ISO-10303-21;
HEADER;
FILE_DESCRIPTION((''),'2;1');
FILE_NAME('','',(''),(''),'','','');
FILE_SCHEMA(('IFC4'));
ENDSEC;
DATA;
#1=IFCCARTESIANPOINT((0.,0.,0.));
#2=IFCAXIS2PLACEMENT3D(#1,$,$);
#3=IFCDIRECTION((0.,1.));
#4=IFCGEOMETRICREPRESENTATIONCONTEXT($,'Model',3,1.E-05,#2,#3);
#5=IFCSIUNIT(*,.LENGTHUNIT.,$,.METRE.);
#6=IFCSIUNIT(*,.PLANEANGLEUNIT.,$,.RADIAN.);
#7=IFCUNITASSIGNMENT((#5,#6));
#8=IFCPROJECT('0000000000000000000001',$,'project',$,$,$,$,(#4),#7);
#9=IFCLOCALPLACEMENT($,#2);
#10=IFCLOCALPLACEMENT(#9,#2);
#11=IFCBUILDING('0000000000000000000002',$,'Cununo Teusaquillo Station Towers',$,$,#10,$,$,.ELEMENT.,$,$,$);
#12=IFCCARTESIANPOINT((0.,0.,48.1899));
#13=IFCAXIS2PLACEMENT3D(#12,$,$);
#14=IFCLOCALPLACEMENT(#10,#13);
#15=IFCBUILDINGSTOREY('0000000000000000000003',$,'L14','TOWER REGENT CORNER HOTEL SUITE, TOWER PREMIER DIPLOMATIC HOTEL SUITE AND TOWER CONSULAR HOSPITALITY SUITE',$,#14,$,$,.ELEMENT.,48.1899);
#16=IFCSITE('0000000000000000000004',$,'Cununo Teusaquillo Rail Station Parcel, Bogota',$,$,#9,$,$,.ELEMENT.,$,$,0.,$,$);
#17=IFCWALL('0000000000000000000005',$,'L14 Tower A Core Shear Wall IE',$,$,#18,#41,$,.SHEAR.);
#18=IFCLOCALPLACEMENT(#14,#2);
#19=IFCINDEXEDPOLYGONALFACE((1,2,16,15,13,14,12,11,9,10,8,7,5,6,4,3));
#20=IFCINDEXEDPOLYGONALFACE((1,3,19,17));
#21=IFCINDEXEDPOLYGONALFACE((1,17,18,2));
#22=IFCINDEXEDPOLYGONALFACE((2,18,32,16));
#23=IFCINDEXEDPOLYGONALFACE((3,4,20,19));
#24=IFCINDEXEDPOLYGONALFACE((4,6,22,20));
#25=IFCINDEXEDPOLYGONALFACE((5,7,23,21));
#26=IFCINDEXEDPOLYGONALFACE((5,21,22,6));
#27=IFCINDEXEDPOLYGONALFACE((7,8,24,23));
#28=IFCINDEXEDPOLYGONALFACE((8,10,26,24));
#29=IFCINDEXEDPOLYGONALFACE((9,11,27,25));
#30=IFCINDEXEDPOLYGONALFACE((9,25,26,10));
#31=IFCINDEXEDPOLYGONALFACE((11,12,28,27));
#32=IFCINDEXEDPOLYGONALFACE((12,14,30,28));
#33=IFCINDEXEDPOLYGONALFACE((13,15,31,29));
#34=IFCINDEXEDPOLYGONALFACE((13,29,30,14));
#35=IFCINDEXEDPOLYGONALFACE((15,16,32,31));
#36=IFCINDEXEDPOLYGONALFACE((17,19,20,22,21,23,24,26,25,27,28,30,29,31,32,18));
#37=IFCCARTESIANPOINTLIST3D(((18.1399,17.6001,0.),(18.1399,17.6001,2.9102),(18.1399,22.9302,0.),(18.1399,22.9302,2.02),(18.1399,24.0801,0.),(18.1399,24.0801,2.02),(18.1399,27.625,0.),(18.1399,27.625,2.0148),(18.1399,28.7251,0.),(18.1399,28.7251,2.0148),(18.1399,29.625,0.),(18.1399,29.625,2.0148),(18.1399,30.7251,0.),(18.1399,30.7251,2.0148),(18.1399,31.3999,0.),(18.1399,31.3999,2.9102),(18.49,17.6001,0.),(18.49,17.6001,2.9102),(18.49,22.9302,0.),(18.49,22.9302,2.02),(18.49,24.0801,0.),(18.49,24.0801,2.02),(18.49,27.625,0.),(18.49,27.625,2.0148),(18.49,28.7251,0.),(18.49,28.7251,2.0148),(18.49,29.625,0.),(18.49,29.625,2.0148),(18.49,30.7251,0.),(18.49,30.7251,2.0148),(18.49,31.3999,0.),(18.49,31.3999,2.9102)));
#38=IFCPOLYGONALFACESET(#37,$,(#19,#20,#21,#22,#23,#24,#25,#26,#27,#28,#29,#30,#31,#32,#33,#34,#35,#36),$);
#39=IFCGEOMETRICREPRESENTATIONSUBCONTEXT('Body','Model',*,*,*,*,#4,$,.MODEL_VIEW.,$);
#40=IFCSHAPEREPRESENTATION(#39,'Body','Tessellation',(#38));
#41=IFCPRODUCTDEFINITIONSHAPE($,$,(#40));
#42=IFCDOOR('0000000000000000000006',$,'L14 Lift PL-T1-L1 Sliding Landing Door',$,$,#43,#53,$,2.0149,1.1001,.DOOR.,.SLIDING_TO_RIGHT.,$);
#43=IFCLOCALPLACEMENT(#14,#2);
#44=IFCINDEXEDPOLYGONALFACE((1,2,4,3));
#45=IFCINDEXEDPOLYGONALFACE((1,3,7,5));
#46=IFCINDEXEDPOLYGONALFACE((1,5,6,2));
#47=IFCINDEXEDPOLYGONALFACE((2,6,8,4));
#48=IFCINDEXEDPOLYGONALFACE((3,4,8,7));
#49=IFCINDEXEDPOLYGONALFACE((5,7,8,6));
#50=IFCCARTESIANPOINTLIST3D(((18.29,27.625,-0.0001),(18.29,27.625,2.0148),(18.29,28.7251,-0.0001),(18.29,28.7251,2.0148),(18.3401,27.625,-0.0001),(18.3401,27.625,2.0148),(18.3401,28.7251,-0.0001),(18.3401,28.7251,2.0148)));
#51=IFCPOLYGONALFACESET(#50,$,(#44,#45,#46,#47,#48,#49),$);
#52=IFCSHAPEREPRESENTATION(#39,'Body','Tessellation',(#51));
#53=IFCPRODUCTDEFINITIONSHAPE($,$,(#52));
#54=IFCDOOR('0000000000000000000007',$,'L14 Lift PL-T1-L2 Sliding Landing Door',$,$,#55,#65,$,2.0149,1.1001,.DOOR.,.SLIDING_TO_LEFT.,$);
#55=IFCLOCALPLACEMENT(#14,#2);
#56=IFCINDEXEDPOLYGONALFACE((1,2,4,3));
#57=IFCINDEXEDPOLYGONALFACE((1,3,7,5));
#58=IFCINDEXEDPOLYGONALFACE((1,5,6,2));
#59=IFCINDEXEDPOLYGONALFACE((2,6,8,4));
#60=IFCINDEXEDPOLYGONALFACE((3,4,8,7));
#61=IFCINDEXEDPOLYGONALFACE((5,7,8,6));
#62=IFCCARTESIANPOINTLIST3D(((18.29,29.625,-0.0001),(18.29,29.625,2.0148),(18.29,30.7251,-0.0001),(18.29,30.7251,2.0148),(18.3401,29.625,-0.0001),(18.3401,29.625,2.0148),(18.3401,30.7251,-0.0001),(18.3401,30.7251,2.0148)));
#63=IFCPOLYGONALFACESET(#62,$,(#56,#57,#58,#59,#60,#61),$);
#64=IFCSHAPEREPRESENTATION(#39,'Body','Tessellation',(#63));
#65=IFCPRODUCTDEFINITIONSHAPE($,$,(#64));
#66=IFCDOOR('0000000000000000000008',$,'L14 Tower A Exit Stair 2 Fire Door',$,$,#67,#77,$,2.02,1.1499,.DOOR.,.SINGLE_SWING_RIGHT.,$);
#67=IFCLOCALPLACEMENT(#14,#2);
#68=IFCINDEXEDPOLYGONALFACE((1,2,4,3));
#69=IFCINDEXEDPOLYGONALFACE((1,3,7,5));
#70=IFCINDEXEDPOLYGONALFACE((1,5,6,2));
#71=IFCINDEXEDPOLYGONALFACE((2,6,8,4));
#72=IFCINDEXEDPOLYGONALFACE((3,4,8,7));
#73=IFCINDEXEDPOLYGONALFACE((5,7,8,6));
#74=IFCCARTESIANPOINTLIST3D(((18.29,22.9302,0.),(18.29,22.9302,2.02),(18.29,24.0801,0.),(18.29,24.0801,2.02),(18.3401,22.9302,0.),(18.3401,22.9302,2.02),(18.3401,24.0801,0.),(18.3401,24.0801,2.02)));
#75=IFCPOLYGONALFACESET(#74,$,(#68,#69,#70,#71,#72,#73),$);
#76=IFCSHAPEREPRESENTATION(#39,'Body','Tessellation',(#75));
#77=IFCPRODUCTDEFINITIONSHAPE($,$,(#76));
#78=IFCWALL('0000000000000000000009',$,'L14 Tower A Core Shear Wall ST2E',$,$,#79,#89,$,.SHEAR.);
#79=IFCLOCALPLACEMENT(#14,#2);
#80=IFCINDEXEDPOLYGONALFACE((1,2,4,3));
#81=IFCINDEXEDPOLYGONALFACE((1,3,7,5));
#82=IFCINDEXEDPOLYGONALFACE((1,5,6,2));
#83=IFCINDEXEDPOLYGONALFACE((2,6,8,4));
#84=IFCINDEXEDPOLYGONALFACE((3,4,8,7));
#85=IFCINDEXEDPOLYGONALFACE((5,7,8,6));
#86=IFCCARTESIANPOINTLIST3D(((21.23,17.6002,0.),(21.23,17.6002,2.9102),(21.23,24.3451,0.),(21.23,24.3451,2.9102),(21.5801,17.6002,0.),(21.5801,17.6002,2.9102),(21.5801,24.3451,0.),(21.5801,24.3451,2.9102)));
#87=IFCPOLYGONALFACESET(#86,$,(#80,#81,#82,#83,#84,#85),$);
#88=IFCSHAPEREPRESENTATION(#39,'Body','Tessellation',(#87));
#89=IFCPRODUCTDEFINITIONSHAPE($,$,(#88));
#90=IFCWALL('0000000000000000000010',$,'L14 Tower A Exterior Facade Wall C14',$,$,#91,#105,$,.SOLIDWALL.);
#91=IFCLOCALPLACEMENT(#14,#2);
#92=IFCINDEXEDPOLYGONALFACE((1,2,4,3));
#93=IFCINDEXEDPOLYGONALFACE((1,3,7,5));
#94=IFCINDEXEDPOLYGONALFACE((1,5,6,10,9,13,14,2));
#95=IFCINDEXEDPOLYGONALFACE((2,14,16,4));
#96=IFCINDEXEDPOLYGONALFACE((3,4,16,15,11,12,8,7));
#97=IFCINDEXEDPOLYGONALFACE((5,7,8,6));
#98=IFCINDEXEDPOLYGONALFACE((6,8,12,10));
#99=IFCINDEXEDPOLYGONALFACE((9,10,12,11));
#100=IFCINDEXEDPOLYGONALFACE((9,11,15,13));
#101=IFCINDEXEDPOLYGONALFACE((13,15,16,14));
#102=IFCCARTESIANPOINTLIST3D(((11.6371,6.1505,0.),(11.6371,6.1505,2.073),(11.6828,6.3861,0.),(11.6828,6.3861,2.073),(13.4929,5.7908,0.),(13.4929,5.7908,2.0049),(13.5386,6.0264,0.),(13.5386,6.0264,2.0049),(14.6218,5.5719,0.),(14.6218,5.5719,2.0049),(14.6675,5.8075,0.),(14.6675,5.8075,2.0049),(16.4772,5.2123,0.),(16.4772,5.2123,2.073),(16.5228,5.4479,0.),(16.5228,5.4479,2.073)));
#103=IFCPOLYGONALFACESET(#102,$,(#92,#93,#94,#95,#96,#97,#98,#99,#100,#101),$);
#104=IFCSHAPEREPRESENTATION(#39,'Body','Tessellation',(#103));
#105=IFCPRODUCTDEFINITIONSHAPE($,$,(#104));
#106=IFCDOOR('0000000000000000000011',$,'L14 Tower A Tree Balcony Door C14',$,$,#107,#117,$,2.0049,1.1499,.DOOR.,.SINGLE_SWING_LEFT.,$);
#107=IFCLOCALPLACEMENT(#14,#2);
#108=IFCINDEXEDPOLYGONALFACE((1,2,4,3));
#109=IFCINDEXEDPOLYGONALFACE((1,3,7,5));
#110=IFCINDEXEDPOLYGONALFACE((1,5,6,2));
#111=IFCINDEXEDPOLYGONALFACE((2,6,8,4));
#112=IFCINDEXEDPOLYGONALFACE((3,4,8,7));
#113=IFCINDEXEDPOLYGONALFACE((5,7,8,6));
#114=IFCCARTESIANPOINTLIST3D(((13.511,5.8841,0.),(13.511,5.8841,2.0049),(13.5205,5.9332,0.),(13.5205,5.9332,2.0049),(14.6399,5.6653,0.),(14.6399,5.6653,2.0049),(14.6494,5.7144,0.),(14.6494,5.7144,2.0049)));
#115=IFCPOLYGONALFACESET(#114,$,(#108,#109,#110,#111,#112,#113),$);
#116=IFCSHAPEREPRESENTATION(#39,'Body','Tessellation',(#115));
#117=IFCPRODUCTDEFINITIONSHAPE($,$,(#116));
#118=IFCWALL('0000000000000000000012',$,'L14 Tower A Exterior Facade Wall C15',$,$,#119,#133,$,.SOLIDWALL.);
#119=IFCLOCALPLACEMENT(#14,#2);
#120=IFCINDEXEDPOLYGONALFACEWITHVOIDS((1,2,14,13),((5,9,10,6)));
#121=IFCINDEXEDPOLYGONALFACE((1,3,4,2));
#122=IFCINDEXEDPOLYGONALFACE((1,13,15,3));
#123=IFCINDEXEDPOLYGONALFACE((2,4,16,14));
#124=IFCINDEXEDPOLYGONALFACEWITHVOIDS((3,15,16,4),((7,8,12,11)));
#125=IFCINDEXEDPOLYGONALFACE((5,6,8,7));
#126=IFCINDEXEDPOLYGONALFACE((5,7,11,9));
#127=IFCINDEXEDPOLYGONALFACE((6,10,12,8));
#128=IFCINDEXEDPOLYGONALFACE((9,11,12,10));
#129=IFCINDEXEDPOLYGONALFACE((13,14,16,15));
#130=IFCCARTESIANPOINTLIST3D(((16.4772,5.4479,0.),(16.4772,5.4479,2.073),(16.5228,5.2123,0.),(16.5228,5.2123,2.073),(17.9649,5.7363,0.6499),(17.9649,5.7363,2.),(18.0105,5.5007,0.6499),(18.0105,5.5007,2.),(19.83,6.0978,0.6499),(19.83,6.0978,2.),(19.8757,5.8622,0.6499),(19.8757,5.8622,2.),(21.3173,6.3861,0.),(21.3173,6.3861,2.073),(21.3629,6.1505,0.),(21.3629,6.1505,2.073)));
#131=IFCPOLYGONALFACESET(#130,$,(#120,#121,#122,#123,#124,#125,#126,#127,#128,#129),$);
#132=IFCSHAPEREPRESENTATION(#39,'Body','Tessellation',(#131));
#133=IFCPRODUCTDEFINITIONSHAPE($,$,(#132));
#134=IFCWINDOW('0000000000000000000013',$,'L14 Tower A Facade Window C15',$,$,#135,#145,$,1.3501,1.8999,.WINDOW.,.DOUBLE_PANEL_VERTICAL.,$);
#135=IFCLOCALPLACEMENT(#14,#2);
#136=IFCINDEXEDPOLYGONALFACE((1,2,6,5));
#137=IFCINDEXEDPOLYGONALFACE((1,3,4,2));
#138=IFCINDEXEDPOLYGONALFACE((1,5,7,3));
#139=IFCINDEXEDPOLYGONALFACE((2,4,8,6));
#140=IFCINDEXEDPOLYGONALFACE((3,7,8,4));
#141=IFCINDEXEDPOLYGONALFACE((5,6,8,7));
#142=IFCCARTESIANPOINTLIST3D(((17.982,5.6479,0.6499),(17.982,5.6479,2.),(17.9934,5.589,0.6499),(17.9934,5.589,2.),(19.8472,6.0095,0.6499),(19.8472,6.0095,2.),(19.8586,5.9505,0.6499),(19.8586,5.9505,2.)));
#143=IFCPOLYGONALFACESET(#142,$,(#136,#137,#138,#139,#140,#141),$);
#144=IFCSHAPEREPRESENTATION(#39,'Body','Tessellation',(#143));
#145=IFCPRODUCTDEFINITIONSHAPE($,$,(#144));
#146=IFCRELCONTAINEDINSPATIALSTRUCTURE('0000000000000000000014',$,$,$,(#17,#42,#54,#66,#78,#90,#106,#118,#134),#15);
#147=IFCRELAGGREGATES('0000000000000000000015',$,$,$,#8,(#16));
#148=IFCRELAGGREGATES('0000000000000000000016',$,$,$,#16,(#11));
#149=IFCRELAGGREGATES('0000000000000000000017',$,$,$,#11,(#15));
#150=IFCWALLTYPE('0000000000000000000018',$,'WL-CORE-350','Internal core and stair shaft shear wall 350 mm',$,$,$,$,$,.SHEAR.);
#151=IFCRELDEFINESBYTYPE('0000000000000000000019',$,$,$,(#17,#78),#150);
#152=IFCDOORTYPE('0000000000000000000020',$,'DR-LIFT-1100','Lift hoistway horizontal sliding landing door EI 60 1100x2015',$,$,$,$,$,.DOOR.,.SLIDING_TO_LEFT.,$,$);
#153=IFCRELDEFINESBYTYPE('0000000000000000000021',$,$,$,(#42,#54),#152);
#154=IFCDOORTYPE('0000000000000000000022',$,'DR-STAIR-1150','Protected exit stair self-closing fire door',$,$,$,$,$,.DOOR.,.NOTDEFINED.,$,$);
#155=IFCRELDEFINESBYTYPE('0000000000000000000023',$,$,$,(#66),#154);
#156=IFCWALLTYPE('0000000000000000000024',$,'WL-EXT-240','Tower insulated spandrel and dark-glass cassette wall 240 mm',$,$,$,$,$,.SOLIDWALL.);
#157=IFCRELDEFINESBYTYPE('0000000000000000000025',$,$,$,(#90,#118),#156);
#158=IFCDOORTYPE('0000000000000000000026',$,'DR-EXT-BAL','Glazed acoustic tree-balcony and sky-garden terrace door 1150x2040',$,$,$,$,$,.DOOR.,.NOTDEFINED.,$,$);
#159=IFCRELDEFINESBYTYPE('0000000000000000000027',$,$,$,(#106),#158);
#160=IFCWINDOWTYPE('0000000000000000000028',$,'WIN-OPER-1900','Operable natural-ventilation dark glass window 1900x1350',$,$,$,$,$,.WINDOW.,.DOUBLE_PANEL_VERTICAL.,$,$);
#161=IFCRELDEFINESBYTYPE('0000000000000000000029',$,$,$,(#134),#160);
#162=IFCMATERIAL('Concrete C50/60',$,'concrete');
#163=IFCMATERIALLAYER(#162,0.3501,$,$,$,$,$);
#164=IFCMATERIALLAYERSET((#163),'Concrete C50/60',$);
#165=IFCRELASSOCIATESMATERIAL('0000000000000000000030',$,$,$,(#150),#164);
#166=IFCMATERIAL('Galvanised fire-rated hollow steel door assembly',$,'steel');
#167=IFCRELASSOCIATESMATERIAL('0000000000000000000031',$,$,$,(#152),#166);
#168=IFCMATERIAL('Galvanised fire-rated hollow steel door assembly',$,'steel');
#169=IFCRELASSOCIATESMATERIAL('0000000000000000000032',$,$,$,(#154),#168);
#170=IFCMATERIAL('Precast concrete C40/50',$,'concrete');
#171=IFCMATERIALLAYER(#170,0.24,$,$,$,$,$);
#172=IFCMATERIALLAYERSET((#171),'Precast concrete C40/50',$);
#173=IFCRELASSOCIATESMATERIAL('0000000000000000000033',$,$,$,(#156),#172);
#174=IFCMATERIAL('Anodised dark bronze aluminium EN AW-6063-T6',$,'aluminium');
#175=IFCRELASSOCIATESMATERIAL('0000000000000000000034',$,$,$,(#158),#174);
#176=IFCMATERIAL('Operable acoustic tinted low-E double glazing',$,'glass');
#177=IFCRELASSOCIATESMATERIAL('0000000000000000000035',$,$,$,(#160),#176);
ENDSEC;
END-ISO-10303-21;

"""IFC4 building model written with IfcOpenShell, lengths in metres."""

from ifc_helpers import new_model, si_unit, direction, frame, frame_2d, origin, place, context, subcontext, project, spatial, rectangle, extrude, source, transform, mapped, material, layer, layer_set, type_object, element, fill, save


model = new_model("IFC4")

# Units and contexts
model_context = context("Model", 3, precision=1e-05, world=origin(), true_north=direction((0.0, 1.0)))
body_context = subcontext(model_context, "Body", "Model", "MODEL_VIEW")
ifc_project = project(units=[si_unit("LENGTHUNIT", "METRE"), si_unit("PLANEANGLEUNIT", "RADIAN")], contexts=[model_context])

# Site, building, storey
site_placement = place(None, origin())
site = spatial("IfcSite", under=ifc_project, at=site_placement, Name="Cununo Teusaquillo Rail Station Parcel, Bogota", CompositionType="ELEMENT", RefElevation=0.0)
building_placement = place(site_placement, origin())
building = spatial("IfcBuilding", under=site, at=building_placement, Name="Cununo Teusaquillo Station Towers", CompositionType="ELEMENT")
storey_placement = place(building_placement, frame((0.0, 0.0, 48.1899)))
storey = spatial("IfcBuildingStorey", under=building, at=storey_placement, Name="L14", Description="TOWER REGENT CORNER HOTEL SUITE, TOWER PREMIER DIPLOMATIC HOTEL SUITE AND TOWER CONSULAR HOSPITALITY SUITE", CompositionType="ELEMENT", Elevation=48.1899)

# Wall, openings, doors
ifc_material_1 = material(Name="Concrete C50/60", Category="concrete")
ifc_layer_1 = layer(ifc_material_1, 0.3501)
ifc_layer_set_1 = layer_set([ifc_layer_1], Name="Concrete C50/60")
wall_type_1 = type_object("IfcWallType", Name="WL-CORE-350", Description="Internal core and stair shaft shear wall 350 mm", PredefinedType="SHEAR", material=ifc_layer_set_1)
shared_shape_1 = source(origin(), body_context, "Body", "SweptSolid", [
    extrude(rectangle(XDim=1.1001, YDim=2.0149, at=frame_2d((0.55, 1.0073))), frame((0.0, 0.1851, 0.0), z_axis=(0.0, -1.0, 0.0), x_axis=(1.0, 0.0, 0.0)), (0.0, 0.0, 1.0), 0.3701),
])
shared_shape_2 = source(origin(), body_context, "Body", "SweptSolid", [
    extrude(rectangle(XDim=1.1499, YDim=2.02, at=frame_2d((0.575, 1.01))), frame((0.0, 0.1851, 0.0), z_axis=(0.0, -1.0, 0.0), x_axis=(1.0, 0.0, 0.0)), (0.0, 0.0, 1.0), 0.3701),
])
ifc_material_2 = material(Name="Galvanised fire-rated hollow steel door assembly", Category="steel")
door_type_1 = type_object("IfcDoorType", Name="DR-LIFT-1100", Description="Lift hoistway horizontal sliding landing door EI 60 1100x2015", OperationType="SLIDING_TO_LEFT", PredefinedType="DOOR", material=ifc_material_2)
shared_shape_3 = source(origin(), body_context, "Body", "SweptSolid", [
    extrude(rectangle(XDim=1.1001, YDim=2.0149, at=frame_2d((0.55, 1.0073))), frame((0.0, 0.0249, 0.0), z_axis=(0.0, -1.0, 0.0), x_axis=(1.0, 0.0, 0.0)), (0.0, 0.0, 1.0), 0.05),
])
ifc_material_3 = material(Name="Galvanised fire-rated hollow steel door assembly", Category="steel")
door_type_2 = type_object("IfcDoorType", Name="DR-STAIR-1150", Description="Protected exit stair self-closing fire door", OperationType="NOTDEFINED", PredefinedType="DOOR", material=ifc_material_3)
shared_shape_4 = source(origin(), body_context, "Body", "SweptSolid", [
    extrude(rectangle(XDim=1.1499, YDim=2.02, at=frame_2d((0.575, 1.01))), frame((0.0, 0.0249, 0.0), z_axis=(0.0, -1.0, 0.0), x_axis=(1.0, 0.0, 0.0)), (0.0, 0.0, 1.0), 0.05),
])
wall_1_placement = place(storey_placement, frame((18.3149, 17.6001, 0.0), z_axis=(0.0, 0.0, 1.0), x_axis=(0.0, 1.0, 0.0)))
wall_1 = element("IfcWall", 1, at=wall_1_placement, inside=storey, type_object=wall_type_1, Name="L14 Tower A Core Shear Wall IE", PredefinedType="SHEAR", context=body_context, shape_type="SweptSolid", body=[
    extrude(rectangle(XDim=13.7998, YDim=0.3501, at=frame_2d((6.8999, 0.0))), origin(), (0.0, 0.0, 1.0), 2.9102),
])
opening_1_placement = place(wall_1_placement, frame((10.0249, 0.0, 0.0)))
opening_1 = element("IfcOpeningElement", 2, at=opening_1_placement, cuts=wall_1, PredefinedType="OPENING", context=body_context, shape_type="MappedRepresentation", body=[
    mapped(shared_shape_1, transform((0.0, 0.0, 0.0), x_axis=(1.0, 0.0, 0.0), y_axis=(0.0, 1.0, 0.0), z_axis=(0.0, 0.0, 1.0), scale=1.0)),
])
opening_2_placement = place(wall_1_placement, frame((12.0249, 0.0, 0.0)))
opening_2 = element("IfcOpeningElement", 3, at=opening_2_placement, cuts=wall_1, PredefinedType="OPENING", context=body_context, shape_type="MappedRepresentation", body=[
    mapped(shared_shape_1, transform((0.0, 0.0, 0.0), x_axis=(1.0, 0.0, 0.0), y_axis=(0.0, 1.0, 0.0), z_axis=(0.0, 0.0, 1.0), scale=1.0)),
])
opening_3_placement = place(wall_1_placement, frame((5.3301, 0.0, 0.0)))
opening_3 = element("IfcOpeningElement", 4, at=opening_3_placement, cuts=wall_1, PredefinedType="OPENING", context=body_context, shape_type="MappedRepresentation", body=[
    mapped(shared_shape_2, transform((0.0, 0.0, 0.0), x_axis=(1.0, 0.0, 0.0), y_axis=(0.0, 1.0, 0.0), z_axis=(0.0, 0.0, 1.0), scale=1.0)),
])
door_1_placement = place(opening_1_placement, origin())
door_1 = element("IfcDoor", 5, at=door_1_placement, inside=storey, type_object=door_type_1, Name="L14 Lift PL-T1-L1 Sliding Landing Door", OperationType="SLIDING_TO_RIGHT", OverallHeight=2.0149, OverallWidth=1.1001, PredefinedType="DOOR", context=body_context, shape_type="MappedRepresentation", body=[
    mapped(shared_shape_3, transform((0.0, 0.0, 0.0), x_axis=(1.0, 0.0, 0.0), y_axis=(0.0, 1.0, 0.0), z_axis=(0.0, 0.0, 1.0), scale=1.0)),
])
fill(opening_1, door_1)
door_2_placement = place(opening_2_placement, origin())
door_2 = element("IfcDoor", 6, at=door_2_placement, inside=storey, type_object=door_type_1, Name="L14 Lift PL-T1-L2 Sliding Landing Door", OperationType="SLIDING_TO_LEFT", OverallHeight=2.0149, OverallWidth=1.1001, PredefinedType="DOOR", context=body_context, shape_type="MappedRepresentation", body=[
    mapped(shared_shape_3, transform((0.0, 0.0, 0.0), x_axis=(1.0, 0.0, 0.0), y_axis=(0.0, 1.0, 0.0), z_axis=(0.0, 0.0, 1.0), scale=1.0)),
])
fill(opening_2, door_2)
door_3_placement = place(opening_3_placement, origin())
door_3 = element("IfcDoor", 7, at=door_3_placement, inside=storey, type_object=door_type_2, Name="L14 Tower A Exit Stair 2 Fire Door", OperationType="SINGLE_SWING_RIGHT", OverallHeight=2.02, OverallWidth=1.1499, PredefinedType="DOOR", context=body_context, shape_type="MappedRepresentation", body=[
    mapped(shared_shape_4, transform((0.0, 0.0, 0.0), x_axis=(1.0, 0.0, 0.0), y_axis=(0.0, 1.0, 0.0), z_axis=(0.0, 0.0, 1.0), scale=1.0)),
])
fill(opening_3, door_3)

# Wall
wall_2_placement = place(storey_placement, frame((21.405, 17.6001, 0.0), z_axis=(0.0, 0.0, 1.0), x_axis=(0.0, 1.0, 0.0)))
element("IfcWall", 8, at=wall_2_placement, inside=storey, type_object=wall_type_1, Name="L14 Tower A Core Shear Wall ST2E", PredefinedType="SHEAR", context=body_context, shape_type="SweptSolid", body=[
    extrude(rectangle(XDim=6.7449, YDim=0.3501, at=frame_2d((3.3726, 0.0))), origin(), (0.0, 0.0, 1.0), 2.9102),
])

# Wall, opening, door
ifc_material_4 = material(Name="Precast concrete C40/50", Category="concrete")
ifc_layer_2 = layer(ifc_material_4, 0.24)
ifc_layer_set_2 = layer_set([ifc_layer_2], Name="Precast concrete C40/50")
wall_type_2 = type_object("IfcWallType", Name="WL-EXT-240", Description="Tower insulated spandrel and dark-glass cassette wall 240 mm", PredefinedType="SOLIDWALL", material=ifc_layer_set_2)
wall_3_placement = place(storey_placement, frame((16.5, 5.3301, 0.0), z_axis=(0.0, 0.0, 1.0), x_axis=(-0.981725, 0.190304, 0.0)))
wall_3 = element("IfcWall", 9, at=wall_3_placement, inside=storey, type_object=wall_type_2, Name="L14 Tower A Exterior Facade Wall C14", PredefinedType="SOLIDWALL", context=body_context, shape_type="SweptSolid", body=[
    extrude(rectangle(XDim=4.9302, YDim=0.24, at=frame_2d((2.4651, 0.0))), origin(), (0.0, 0.0, 1.0), 2.073),
])
shared_shape_5 = source(origin(), body_context, "Body", "SweptSolid", [
    extrude(rectangle(XDim=1.1499, YDim=2.0049, at=frame_2d((0.575, 1.0024))), frame((0.0, 0.1299, 0.0), z_axis=(0.0, -1.0, 0.0), x_axis=(1.0, 0.0, 0.0)), (0.0, 0.0, 1.0), 0.26),
])
opening_4_placement = place(wall_3_placement, frame((1.8899, 0.0, 0.0)))
opening_4 = element("IfcOpeningElement", 10, at=opening_4_placement, cuts=wall_3, PredefinedType="OPENING", context=body_context, shape_type="MappedRepresentation", body=[
    mapped(shared_shape_5, transform((0.0, 0.0, 0.0), x_axis=(1.0, 0.0, 0.0), y_axis=(0.0, 1.0, 0.0), z_axis=(0.0, 0.0, 1.0), scale=1.0)),
])
ifc_material_5 = material(Name="Anodised dark bronze aluminium EN AW-6063-T6", Category="aluminium")
door_type_3 = type_object("IfcDoorType", Name="DR-EXT-BAL", Description="Glazed acoustic tree-balcony and sky-garden terrace door 1150x2040", OperationType="NOTDEFINED", PredefinedType="DOOR", material=ifc_material_5)
shared_shape_6 = source(origin(), body_context, "Body", "SweptSolid", [
    extrude(rectangle(XDim=1.1499, YDim=2.0049, at=frame_2d((0.575, 1.0024))), frame((0.0, 0.0249, 0.0), z_axis=(0.0, -1.0, 0.0), x_axis=(1.0, 0.0, 0.0)), (0.0, 0.0, 1.0), 0.05),
])
door_4_placement = place(opening_4_placement, origin())
door_4 = element("IfcDoor", 11, at=door_4_placement, inside=storey, type_object=door_type_3, Name="L14 Tower A Tree Balcony Door C14", OperationType="SINGLE_SWING_LEFT", OverallHeight=2.0049, OverallWidth=1.1499, PredefinedType="DOOR", context=body_context, shape_type="MappedRepresentation", body=[
    mapped(shared_shape_6, transform((0.0, 0.0, 0.0), x_axis=(1.0, 0.0, 0.0), y_axis=(0.0, 1.0, 0.0), z_axis=(0.0, 0.0, 1.0), scale=1.0)),
])
fill(opening_4, door_4)

# Wall, opening, window
wall_4_placement = place(storey_placement, frame((21.3401, 6.2683, 0.0), z_axis=(0.0, 0.0, 1.0), x_axis=(-0.981725, -0.190304, 0.0)))
wall_4 = element("IfcWall", 12, at=wall_4_placement, inside=storey, type_object=wall_type_2, Name="L14 Tower A Exterior Facade Wall C15", PredefinedType="SOLIDWALL", context=body_context, shape_type="SweptSolid", body=[
    extrude(rectangle(XDim=4.9302, YDim=0.24, at=frame_2d((2.4651, 0.0))), origin(), (0.0, 0.0, 1.0), 2.073),
])
shared_shape_7 = source(origin(), body_context, "Body", "SweptSolid", [
    extrude(rectangle(XDim=1.8999, YDim=1.3501, at=frame_2d((0.95, 0.675))), frame((0.0, 0.1299, 0.0), z_axis=(0.0, -1.0, 0.0), x_axis=(1.0, 0.0, 0.0)), (0.0, 0.0, 1.0), 0.26),
])
opening_5_placement = place(wall_4_placement, frame((1.5149, 0.0, 0.6499)))
opening_5 = element("IfcOpeningElement", 13, at=opening_5_placement, cuts=wall_4, PredefinedType="OPENING", context=body_context, shape_type="MappedRepresentation", body=[
    mapped(shared_shape_7, transform((0.0, 0.0, 0.0), x_axis=(1.0, 0.0, 0.0), y_axis=(0.0, 1.0, 0.0), z_axis=(0.0, 0.0, 1.0), scale=1.0)),
])
ifc_material_6 = material(Name="Operable acoustic tinted low-E double glazing", Category="glass")
window_type = type_object("IfcWindowType", Name="WIN-OPER-1900", Description="Operable natural-ventilation dark glass window 1900x1350", PartitioningType="DOUBLE_PANEL_VERTICAL", PredefinedType="WINDOW", material=ifc_material_6)
shared_shape_8 = source(origin(), body_context, "Body", "SweptSolid", [
    extrude(rectangle(XDim=1.8999, YDim=1.3501, at=frame_2d((0.95, 0.675))), frame((0.0, 0.03, 0.0), z_axis=(0.0, -1.0, 0.0), x_axis=(1.0, 0.0, 0.0)), (0.0, 0.0, 1.0), 0.0601),
])
window_placement = place(opening_5_placement, origin())
window = element("IfcWindow", 14, at=window_placement, inside=storey, type_object=window_type, Name="L14 Tower A Facade Window C15", OverallHeight=1.3501, OverallWidth=1.8999, PartitioningType="DOUBLE_PANEL_VERTICAL", PredefinedType="WINDOW", context=body_context, shape_type="MappedRepresentation", body=[
    mapped(shared_shape_8, transform((0.0, 0.0, 0.0), x_axis=(1.0, 0.0, 0.0), y_axis=(0.0, 1.0, 0.0), z_axis=(0.0, 0.0, 1.0), scale=1.0)),
])
fill(opening_5, window)

save(model, "model.ifc")
